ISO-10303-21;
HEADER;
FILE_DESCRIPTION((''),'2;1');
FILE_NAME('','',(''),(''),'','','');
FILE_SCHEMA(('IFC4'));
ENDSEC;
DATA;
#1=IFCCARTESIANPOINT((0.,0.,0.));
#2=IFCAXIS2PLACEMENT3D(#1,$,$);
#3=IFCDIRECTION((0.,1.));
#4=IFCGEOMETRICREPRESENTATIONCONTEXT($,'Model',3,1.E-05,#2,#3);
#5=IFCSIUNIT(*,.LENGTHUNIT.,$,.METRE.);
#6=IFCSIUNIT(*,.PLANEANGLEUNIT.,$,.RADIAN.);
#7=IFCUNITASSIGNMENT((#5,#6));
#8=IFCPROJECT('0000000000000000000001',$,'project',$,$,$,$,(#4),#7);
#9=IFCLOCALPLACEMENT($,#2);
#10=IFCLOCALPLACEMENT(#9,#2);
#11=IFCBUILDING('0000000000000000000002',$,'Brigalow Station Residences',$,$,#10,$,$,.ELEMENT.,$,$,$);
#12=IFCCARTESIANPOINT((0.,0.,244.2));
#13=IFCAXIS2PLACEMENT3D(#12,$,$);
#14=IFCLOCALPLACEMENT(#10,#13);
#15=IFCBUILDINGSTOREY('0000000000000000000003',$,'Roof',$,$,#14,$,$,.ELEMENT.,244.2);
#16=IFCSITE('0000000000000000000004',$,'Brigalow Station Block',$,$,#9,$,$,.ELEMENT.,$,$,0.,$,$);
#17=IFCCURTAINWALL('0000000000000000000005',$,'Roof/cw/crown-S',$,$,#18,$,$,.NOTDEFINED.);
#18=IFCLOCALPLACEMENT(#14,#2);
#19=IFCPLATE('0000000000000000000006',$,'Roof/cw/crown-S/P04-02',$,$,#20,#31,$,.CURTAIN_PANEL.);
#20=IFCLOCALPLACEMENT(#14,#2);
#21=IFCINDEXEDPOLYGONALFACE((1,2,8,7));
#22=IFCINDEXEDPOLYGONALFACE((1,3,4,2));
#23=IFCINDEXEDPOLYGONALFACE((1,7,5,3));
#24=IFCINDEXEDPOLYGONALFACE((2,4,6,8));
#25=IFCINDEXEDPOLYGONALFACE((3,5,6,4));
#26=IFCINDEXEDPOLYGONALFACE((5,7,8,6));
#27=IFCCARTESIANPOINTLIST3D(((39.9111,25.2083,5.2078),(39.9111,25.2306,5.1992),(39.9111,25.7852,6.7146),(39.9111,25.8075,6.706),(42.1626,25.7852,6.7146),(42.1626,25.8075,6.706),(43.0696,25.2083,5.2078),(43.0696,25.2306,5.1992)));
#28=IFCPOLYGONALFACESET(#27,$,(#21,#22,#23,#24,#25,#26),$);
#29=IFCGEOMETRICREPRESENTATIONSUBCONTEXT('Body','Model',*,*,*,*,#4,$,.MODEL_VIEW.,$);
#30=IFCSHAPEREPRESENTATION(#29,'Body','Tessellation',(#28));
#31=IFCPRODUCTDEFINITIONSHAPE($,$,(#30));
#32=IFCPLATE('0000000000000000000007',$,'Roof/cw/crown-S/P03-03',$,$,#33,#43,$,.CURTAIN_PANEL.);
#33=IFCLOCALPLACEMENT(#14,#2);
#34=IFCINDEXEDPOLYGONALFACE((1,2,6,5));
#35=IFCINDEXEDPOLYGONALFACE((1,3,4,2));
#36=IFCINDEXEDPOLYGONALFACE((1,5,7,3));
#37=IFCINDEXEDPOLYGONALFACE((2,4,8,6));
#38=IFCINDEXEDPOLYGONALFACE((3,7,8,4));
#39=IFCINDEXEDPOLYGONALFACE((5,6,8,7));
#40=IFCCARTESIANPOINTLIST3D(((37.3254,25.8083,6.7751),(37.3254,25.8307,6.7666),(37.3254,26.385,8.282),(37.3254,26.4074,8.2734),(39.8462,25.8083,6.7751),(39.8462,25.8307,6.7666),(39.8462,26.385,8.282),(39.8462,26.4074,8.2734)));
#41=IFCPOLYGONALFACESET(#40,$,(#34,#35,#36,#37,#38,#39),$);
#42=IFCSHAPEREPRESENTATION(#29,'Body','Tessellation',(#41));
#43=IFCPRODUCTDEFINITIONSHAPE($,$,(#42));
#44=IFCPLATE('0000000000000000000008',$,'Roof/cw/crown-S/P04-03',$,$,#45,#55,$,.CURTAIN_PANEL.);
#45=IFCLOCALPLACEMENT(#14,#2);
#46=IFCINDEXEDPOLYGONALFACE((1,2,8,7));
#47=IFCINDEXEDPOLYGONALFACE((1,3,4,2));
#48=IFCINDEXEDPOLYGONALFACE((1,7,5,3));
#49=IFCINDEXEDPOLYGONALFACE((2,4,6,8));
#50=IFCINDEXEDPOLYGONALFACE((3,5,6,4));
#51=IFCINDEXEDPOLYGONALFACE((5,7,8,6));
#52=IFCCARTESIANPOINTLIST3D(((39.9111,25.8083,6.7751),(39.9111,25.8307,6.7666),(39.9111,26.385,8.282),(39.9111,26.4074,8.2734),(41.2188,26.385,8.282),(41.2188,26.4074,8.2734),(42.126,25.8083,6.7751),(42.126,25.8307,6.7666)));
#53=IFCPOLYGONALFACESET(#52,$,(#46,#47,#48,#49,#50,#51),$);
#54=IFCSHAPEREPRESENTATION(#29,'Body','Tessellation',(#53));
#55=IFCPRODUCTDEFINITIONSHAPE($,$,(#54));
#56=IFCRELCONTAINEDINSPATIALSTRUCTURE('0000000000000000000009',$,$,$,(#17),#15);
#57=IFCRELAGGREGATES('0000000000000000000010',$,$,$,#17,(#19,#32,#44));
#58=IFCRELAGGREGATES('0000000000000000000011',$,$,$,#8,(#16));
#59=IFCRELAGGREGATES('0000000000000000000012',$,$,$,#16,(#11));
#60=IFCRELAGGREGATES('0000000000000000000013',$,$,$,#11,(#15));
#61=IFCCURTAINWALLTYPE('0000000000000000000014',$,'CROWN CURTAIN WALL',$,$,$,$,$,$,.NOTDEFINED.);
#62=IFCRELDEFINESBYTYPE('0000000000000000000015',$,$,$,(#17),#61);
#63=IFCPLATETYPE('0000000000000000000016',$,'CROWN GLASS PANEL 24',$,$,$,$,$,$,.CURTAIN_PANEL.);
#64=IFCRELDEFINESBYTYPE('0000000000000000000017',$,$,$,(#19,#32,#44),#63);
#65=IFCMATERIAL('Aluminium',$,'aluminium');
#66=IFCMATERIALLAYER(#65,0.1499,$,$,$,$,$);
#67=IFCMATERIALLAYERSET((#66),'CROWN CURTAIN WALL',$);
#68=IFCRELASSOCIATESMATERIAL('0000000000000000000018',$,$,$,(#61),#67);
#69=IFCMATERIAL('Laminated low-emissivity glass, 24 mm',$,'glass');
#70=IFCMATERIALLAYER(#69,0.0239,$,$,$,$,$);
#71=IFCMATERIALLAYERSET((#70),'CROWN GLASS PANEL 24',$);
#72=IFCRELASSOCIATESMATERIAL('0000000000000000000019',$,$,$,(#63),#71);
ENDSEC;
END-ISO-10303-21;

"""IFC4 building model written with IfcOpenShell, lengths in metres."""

from ifc_helpers import new_model, si_unit, direction, frame, origin, place, context, subcontext, project, spatial, polyline, outline, extrude, material, layer, layer_set, type_object, element, aggregate, save


model = new_model("IFC4")

# Units and contexts
model_context = context("Model", 3, precision=1e-05, world=origin(), true_north=direction((0.0, 1.0)))
body_context = subcontext(model_context, "Body", "Model", "MODEL_VIEW")
ifc_project = project(units=[si_unit("LENGTHUNIT", "METRE"), si_unit("PLANEANGLEUNIT", "RADIAN")], contexts=[model_context])

# Site, building, storey
site_placement = place(None, origin())
site = spatial("IfcSite", under=ifc_project, at=site_placement, Name="Brigalow Station Block", CompositionType="ELEMENT", RefElevation=0.0)
building_placement = place(site_placement, origin())
building = spatial("IfcBuilding", under=site, at=building_placement, Name="Brigalow Station Residences", CompositionType="ELEMENT")
storey_placement = place(building_placement, frame((0.0, 0.0, 244.2)))
storey = spatial("IfcBuildingStorey", under=building, at=storey_placement, Name="Roof", CompositionType="ELEMENT", Elevation=244.2)

# Curtain wall
ifc_material_1 = material(Name="Aluminium", Category="aluminium")
ifc_layer_1 = layer(ifc_material_1, 0.1499)
ifc_layer_set_1 = layer_set([ifc_layer_1], Name="CROWN CURTAIN WALL")
curtain_wall_type = type_object("IfcCurtainWallType", Name="CROWN CURTAIN WALL", PredefinedType="NOTDEFINED", material=ifc_layer_set_1)
curtain_wall_1_placement = place(storey_placement, origin())
curtain_wall_1 = element("IfcCurtainWall", 1, at=curtain_wall_1_placement, inside=storey, type_object=curtain_wall_type, Name="Roof/cw/crown-S", PredefinedType="NOTDEFINED")

# Plates
ifc_material_2 = material(Name="Laminated low-emissivity glass, 24 mm", Category="glass")
ifc_layer_2 = layer(ifc_material_2, 0.0239)
ifc_layer_set_2 = layer_set([ifc_layer_2], Name="CROWN GLASS PANEL 24")
plate_type = type_object("IfcPlateType", Name="CROWN GLASS PANEL 24", PredefinedType="CURTAIN_PANEL", material=ifc_layer_set_2)
plate_1_placement = place(storey_placement, frame((39.9111, 25.2083, 5.2078), z_axis=(0.0, -0.933894, 0.357549), x_axis=(1.0, 0.0, 0.0)))
plate_1 = element("IfcPlate", 2, at=plate_1_placement, type_object=plate_type, Name="Roof/cw/crown-S/P04-02", PredefinedType="CURTAIN_PANEL", context=body_context, shape_type="SweptSolid", body=[
    extrude(outline(polyline([(0.0, 0.0), (3.1584, 0.0), (2.2515, 1.6135), (0.0, 1.6135), (0.0, 0.0)])), origin(), (0.0, 0.0, -1.0), 0.0239),
])
plate_2_placement = place(storey_placement, frame((37.3254, 25.8083, 6.7751), z_axis=(0.0, -0.933945, 0.357417), x_axis=(1.0, 0.0, 0.0)))
plate_2 = element("IfcPlate", 3, at=plate_2_placement, type_object=plate_type, Name="Roof/cw/crown-S/P03-03", PredefinedType="CURTAIN_PANEL", context=body_context, shape_type="SweptSolid", body=[
    extrude(outline(polyline([(0.0, 0.0), (2.5208, 0.0), (2.5208, 1.6134), (0.0, 1.6134), (0.0, 0.0)])), origin(), (0.0, 0.0, -1.0), 0.0239),
])
plate_3_placement = place(storey_placement, frame((39.9111, 25.8083, 6.7751), z_axis=(0.0, -0.933945, 0.357417), x_axis=(1.0, 0.0, 0.0)))
plate_3 = element("IfcPlate", 4, at=plate_3_placement, type_object=plate_type, Name="Roof/cw/crown-S/P04-03", PredefinedType="CURTAIN_PANEL", context=body_context, shape_type="SweptSolid", body=[
    extrude(outline(polyline([(0.0, 0.0), (2.2148, 0.0), (1.3076, 1.6134), (0.0, 1.6134), (0.0, 0.0)])), origin(), (0.0, 0.0, -1.0), 0.0239),
])
aggregate(curtain_wall_1, [plate_1, plate_2, plate_3])

save(model, "model.ifc")
